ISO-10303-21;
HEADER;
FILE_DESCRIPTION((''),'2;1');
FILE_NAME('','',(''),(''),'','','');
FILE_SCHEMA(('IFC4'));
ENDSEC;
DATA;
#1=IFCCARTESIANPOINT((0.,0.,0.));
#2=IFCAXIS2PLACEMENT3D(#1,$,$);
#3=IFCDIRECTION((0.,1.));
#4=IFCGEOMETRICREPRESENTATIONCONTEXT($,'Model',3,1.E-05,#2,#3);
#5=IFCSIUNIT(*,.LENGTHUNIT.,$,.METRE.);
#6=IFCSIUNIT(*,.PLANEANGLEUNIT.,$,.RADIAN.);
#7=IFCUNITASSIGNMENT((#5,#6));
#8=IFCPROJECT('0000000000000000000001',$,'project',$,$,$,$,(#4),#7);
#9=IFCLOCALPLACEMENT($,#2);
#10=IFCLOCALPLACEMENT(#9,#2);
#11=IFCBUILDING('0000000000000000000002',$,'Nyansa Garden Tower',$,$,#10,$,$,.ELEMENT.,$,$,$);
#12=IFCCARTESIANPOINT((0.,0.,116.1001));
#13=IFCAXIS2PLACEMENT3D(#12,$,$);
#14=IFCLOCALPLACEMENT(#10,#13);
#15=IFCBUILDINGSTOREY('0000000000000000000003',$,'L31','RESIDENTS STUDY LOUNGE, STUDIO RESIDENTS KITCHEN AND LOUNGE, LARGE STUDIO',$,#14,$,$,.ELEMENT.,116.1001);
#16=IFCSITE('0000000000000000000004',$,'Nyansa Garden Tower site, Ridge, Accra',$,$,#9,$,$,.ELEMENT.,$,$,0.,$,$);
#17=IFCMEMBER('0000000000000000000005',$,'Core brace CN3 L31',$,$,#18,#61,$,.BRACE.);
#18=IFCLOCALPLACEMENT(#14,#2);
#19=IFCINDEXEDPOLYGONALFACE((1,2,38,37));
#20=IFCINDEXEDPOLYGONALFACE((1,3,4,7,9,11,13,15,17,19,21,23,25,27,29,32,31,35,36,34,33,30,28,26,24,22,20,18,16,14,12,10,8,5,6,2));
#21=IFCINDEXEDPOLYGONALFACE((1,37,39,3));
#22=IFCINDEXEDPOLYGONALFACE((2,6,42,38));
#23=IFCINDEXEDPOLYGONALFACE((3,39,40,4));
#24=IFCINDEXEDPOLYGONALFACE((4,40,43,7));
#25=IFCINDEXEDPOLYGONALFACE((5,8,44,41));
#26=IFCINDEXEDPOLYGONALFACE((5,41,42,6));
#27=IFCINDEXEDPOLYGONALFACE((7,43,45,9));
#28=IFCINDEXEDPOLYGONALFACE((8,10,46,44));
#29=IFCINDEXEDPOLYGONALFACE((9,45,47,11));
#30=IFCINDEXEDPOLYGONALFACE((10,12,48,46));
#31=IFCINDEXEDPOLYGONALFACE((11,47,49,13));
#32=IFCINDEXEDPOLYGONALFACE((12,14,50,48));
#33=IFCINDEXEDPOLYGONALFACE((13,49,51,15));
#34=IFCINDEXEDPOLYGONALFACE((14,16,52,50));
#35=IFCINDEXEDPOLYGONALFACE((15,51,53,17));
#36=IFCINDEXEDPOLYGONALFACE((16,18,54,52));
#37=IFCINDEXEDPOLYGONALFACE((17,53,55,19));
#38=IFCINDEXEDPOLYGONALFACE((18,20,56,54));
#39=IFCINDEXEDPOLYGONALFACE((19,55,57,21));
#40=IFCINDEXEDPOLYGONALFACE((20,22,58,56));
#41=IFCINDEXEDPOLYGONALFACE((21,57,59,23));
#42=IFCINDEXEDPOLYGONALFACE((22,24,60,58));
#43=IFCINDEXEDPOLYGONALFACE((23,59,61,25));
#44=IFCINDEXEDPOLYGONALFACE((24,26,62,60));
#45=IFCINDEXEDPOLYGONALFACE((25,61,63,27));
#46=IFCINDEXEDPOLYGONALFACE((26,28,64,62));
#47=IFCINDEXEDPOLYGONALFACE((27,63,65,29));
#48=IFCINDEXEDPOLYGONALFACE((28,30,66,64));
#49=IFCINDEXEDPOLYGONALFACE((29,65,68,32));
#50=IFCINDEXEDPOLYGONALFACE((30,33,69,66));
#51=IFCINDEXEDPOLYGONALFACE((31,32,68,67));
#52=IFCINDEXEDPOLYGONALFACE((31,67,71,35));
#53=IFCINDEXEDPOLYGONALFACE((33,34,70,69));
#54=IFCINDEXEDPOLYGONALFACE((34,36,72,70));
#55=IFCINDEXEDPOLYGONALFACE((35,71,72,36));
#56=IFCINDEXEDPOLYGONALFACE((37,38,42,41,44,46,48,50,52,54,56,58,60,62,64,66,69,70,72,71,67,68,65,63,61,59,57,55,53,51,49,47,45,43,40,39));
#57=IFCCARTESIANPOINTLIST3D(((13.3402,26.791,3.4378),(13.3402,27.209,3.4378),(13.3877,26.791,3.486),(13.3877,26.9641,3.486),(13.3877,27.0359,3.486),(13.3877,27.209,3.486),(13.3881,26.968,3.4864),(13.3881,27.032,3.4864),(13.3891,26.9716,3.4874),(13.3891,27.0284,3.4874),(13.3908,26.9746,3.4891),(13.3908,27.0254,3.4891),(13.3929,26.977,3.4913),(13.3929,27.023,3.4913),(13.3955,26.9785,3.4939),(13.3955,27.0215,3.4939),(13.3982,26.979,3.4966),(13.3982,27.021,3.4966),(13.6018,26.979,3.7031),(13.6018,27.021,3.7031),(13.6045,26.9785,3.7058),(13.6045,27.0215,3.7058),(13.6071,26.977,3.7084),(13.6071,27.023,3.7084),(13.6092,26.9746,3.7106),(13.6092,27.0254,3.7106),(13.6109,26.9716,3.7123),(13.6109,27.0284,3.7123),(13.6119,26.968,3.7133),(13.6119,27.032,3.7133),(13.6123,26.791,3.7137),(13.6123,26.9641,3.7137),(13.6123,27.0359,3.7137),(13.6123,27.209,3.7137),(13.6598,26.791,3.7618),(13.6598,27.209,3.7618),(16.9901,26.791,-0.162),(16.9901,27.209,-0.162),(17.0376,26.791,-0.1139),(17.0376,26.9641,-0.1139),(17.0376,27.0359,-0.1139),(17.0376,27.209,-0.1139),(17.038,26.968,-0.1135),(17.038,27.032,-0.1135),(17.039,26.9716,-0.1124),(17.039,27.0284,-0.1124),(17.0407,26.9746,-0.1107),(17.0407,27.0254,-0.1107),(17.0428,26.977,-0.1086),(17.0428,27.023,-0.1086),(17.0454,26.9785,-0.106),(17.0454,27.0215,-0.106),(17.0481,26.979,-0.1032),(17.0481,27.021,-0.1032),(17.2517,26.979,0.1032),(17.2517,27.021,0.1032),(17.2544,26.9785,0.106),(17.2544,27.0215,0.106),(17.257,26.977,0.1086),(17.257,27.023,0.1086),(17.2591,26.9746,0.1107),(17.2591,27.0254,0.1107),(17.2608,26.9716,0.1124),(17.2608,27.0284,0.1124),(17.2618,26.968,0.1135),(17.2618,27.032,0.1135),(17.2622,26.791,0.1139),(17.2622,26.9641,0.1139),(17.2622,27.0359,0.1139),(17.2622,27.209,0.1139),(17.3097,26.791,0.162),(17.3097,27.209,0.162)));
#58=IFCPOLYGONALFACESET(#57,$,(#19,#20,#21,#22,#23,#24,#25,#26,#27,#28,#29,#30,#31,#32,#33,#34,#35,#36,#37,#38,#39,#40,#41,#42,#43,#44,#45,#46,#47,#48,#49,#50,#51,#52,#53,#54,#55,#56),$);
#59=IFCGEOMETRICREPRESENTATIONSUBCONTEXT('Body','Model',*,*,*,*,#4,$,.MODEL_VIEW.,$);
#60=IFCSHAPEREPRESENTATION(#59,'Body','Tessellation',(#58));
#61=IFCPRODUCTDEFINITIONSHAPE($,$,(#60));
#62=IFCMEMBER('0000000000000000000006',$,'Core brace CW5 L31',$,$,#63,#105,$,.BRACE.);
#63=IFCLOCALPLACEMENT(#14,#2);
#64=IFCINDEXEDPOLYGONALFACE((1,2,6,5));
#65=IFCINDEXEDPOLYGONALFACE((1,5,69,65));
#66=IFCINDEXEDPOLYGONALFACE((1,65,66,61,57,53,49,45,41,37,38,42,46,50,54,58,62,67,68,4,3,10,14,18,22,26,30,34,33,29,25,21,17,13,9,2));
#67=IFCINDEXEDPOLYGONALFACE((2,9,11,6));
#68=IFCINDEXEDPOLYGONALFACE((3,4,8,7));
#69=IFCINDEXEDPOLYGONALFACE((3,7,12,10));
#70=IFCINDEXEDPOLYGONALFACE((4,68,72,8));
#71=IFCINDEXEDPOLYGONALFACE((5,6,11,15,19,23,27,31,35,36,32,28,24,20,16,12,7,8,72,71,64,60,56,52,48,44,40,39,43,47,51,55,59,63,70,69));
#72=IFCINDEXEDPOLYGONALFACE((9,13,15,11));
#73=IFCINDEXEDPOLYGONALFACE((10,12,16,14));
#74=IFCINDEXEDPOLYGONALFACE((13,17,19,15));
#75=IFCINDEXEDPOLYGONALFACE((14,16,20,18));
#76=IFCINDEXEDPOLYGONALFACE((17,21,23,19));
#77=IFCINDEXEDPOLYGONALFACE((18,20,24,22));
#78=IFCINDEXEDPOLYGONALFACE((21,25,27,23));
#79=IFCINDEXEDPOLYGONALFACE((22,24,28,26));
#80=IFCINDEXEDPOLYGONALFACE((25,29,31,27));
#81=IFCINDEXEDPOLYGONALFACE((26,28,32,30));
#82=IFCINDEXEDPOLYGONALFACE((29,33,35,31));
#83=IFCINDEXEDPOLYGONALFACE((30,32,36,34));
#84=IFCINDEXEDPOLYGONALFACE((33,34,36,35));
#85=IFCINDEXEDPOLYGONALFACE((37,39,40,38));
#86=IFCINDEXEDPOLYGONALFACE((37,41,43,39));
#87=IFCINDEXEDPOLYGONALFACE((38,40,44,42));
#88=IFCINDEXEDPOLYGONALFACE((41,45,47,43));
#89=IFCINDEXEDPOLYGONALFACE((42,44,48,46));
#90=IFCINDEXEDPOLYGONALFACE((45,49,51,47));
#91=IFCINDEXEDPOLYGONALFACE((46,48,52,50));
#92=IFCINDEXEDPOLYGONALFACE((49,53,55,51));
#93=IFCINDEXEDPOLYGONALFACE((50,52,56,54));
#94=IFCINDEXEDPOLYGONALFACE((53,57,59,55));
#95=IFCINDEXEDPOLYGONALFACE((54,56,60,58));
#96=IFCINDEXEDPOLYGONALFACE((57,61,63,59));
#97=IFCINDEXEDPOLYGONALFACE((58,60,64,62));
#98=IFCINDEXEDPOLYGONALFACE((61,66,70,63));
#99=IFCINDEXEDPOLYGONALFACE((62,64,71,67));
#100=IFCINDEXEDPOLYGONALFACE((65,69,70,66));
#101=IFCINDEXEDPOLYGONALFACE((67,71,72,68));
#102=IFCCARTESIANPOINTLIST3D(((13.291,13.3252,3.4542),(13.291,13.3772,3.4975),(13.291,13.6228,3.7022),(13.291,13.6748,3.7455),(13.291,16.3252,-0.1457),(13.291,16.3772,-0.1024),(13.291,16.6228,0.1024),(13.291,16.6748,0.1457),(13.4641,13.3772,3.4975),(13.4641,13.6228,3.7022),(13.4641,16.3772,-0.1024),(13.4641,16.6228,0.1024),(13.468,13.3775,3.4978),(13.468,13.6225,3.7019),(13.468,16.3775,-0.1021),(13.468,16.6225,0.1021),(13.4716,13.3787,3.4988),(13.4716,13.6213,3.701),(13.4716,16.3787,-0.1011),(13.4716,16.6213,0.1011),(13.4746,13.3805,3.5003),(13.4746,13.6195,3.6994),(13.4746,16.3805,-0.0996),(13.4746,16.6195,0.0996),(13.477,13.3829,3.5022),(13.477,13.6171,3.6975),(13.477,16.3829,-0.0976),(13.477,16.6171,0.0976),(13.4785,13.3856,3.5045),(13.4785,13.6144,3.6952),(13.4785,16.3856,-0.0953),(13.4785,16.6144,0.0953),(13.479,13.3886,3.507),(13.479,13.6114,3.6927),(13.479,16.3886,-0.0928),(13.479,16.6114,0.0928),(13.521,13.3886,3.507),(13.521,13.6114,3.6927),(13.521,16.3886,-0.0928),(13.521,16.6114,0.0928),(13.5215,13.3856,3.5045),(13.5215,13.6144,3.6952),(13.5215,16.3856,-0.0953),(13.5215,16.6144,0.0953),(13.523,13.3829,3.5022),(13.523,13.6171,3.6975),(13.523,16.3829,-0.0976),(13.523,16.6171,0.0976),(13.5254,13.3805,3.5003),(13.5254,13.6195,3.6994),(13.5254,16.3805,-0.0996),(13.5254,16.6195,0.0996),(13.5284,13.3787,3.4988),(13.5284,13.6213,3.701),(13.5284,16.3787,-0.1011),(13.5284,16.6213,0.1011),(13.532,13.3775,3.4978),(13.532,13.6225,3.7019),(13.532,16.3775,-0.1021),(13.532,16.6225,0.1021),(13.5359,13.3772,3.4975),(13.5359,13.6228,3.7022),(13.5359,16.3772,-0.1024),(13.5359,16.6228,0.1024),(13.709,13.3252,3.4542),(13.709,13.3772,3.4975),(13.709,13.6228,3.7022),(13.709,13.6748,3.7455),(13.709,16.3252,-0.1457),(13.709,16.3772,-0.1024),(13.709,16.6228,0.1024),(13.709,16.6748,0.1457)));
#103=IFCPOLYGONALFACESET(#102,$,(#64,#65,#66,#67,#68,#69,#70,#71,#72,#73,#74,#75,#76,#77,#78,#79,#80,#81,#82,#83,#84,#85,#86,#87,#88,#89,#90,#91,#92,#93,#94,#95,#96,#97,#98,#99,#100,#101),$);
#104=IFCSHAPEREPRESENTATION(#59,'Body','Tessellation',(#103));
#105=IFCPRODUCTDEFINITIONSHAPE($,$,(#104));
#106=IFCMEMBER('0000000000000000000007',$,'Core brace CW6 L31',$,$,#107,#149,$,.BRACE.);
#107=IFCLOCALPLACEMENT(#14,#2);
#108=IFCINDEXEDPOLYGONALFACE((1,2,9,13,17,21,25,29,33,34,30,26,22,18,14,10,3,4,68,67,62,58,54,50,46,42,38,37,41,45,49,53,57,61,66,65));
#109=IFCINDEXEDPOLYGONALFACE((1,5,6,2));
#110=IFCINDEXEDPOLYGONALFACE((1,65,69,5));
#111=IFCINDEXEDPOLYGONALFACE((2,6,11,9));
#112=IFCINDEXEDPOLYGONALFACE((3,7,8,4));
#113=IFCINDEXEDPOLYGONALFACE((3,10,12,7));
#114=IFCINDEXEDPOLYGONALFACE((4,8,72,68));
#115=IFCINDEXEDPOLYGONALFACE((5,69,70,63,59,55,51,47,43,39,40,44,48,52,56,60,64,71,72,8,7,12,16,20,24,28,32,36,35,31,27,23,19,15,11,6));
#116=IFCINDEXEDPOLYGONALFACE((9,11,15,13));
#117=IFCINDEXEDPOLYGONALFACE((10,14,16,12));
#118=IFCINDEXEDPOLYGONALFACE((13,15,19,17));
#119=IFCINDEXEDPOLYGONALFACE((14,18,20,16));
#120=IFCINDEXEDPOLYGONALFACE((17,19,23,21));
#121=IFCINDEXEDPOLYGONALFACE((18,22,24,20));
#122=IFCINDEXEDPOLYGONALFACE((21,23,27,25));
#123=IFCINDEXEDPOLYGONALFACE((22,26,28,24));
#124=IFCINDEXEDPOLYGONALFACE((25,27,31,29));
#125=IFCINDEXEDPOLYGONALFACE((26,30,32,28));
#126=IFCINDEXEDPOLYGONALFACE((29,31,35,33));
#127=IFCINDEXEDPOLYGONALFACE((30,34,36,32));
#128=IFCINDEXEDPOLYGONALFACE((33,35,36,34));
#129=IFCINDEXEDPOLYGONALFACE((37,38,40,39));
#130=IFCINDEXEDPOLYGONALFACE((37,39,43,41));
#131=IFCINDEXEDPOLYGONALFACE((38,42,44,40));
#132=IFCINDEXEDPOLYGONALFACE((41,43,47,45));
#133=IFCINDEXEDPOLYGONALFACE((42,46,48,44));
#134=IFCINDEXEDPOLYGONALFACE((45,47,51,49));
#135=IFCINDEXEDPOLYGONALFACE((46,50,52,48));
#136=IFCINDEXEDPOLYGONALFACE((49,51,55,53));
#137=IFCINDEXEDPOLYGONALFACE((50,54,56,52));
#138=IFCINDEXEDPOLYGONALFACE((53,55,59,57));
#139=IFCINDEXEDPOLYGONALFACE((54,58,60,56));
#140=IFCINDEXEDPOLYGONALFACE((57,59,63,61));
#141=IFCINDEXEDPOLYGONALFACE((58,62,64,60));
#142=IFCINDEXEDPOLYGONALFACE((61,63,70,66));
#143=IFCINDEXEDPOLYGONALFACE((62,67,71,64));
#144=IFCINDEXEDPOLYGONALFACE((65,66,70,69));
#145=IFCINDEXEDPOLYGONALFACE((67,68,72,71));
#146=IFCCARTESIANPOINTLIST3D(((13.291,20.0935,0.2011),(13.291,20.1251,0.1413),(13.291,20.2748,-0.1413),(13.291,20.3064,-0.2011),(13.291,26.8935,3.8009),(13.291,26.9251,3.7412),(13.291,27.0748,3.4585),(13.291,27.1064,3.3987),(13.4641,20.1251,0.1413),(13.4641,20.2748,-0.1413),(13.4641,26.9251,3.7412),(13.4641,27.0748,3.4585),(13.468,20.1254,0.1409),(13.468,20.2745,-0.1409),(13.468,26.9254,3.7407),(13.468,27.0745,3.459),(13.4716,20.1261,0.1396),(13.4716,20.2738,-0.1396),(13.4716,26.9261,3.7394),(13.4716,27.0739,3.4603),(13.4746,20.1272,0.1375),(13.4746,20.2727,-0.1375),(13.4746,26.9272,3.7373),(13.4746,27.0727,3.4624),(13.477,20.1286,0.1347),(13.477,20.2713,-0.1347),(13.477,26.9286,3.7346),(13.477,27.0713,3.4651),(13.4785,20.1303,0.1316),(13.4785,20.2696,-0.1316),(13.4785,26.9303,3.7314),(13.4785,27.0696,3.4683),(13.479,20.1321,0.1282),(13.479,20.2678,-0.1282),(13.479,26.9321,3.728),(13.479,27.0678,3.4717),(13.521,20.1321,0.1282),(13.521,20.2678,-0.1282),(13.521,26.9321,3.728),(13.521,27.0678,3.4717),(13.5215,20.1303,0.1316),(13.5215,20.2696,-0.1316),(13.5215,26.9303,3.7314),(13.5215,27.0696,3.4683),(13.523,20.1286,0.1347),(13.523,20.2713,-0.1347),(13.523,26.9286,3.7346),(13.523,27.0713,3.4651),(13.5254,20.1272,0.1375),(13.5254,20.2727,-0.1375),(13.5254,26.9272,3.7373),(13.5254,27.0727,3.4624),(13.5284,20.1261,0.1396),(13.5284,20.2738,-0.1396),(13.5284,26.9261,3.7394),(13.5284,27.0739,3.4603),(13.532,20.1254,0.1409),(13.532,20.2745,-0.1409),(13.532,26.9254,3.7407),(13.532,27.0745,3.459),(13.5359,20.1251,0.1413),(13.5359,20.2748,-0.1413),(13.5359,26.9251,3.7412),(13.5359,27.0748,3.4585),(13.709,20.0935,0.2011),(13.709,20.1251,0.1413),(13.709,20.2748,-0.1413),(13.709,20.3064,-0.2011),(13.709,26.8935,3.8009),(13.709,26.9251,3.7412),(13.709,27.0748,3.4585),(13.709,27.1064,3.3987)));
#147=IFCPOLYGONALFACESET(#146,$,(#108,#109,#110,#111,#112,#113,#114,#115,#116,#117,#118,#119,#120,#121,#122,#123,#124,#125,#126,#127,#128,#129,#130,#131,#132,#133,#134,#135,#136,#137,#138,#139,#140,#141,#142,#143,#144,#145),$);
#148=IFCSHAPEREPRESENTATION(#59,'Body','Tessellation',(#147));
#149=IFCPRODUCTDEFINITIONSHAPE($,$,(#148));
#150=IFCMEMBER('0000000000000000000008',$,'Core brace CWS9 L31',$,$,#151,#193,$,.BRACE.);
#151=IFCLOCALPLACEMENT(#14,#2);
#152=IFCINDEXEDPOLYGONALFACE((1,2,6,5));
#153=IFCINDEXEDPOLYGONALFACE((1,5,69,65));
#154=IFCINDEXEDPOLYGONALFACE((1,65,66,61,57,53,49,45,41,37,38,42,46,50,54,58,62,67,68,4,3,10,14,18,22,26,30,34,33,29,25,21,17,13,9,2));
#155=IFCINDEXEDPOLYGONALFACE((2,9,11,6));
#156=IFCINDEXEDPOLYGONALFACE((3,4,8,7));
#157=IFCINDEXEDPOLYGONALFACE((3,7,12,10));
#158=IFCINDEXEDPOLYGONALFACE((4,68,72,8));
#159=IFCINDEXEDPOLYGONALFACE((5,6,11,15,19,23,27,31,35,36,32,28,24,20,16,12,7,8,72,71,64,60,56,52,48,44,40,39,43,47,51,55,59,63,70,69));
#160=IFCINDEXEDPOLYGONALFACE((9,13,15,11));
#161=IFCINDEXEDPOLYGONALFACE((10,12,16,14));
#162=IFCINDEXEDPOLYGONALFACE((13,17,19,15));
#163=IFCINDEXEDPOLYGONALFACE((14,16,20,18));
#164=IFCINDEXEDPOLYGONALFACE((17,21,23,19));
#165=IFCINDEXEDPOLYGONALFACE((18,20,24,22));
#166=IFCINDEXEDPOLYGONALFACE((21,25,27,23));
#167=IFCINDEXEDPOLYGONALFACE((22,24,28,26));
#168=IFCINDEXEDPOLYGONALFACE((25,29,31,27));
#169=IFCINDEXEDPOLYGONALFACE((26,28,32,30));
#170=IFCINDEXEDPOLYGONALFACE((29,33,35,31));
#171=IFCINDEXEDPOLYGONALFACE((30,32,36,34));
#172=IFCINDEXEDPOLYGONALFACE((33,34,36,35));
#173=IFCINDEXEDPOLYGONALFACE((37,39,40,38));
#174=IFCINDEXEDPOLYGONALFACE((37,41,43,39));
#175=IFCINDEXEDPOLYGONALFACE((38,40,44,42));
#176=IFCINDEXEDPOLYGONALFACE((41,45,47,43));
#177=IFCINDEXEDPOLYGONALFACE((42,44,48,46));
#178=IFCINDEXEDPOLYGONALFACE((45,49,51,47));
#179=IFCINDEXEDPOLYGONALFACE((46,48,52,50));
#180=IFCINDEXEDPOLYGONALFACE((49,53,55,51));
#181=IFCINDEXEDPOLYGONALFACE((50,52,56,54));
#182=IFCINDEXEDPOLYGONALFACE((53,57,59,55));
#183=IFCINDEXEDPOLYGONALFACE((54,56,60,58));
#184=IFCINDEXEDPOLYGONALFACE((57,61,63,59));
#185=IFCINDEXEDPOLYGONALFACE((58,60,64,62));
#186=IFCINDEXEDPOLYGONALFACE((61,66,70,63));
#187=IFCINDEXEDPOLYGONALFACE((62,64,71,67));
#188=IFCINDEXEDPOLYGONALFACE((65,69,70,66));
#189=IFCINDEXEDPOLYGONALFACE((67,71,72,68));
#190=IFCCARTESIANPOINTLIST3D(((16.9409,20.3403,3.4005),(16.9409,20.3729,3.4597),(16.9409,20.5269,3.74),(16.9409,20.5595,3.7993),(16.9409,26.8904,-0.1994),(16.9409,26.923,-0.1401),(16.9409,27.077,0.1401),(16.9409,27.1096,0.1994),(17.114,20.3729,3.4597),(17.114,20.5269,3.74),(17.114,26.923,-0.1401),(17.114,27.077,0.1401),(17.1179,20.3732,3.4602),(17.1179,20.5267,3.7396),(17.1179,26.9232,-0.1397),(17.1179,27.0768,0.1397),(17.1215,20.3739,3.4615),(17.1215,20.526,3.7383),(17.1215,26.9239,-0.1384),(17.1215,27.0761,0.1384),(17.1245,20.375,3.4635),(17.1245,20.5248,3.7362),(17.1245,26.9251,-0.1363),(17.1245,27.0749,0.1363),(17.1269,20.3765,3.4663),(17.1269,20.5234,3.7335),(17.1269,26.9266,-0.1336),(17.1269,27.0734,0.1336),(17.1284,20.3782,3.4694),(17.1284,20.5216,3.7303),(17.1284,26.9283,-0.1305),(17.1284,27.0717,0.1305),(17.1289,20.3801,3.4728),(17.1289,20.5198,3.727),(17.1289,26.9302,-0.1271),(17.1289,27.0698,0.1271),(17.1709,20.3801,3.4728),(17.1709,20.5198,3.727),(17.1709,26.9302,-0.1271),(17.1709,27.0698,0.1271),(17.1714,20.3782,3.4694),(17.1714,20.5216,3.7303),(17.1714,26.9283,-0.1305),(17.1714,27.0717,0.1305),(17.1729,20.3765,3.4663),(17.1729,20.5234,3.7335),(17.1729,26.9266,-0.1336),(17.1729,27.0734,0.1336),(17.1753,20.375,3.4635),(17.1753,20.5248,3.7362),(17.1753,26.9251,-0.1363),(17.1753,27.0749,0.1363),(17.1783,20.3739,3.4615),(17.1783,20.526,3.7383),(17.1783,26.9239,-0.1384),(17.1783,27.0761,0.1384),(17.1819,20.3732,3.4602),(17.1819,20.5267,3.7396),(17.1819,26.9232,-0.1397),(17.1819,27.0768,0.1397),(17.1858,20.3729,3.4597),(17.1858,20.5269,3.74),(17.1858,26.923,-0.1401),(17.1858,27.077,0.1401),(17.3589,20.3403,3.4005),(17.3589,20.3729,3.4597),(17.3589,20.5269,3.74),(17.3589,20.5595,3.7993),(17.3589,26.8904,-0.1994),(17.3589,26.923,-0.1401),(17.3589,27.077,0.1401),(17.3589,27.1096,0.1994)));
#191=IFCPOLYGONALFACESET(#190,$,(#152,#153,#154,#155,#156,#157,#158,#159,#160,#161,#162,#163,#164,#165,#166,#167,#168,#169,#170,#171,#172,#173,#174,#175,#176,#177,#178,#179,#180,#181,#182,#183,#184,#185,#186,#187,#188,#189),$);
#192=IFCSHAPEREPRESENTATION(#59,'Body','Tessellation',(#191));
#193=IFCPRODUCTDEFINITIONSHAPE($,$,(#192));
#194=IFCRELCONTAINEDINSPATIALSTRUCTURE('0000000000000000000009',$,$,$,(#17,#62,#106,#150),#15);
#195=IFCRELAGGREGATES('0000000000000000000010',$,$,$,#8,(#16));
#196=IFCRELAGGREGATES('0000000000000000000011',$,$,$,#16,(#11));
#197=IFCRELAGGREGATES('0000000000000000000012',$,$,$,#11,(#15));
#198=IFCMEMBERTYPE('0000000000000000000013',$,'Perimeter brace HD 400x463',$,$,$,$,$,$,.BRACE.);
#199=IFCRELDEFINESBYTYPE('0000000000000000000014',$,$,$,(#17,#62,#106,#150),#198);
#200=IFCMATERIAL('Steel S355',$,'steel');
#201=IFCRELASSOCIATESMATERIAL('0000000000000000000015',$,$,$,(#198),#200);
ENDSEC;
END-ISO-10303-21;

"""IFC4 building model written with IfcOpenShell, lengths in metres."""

from ifc_helpers import new_model, si_unit, direction, frame, origin, origin_2d, place, context, subcontext, project, spatial, i_section, extrude, material, material_profile, profile_set, type_object, element, save


model = new_model("IFC4")

# Units and contexts
model_context = context("Model", 3, precision=1e-05, world=origin(), true_north=direction((0.0, 1.0)))
body_context = subcontext(model_context, "Body", "Model", "MODEL_VIEW")
ifc_project = project(units=[si_unit("LENGTHUNIT", "METRE"), si_unit("PLANEANGLEUNIT", "RADIAN")], contexts=[model_context])

# Site, building, storey
site_placement = place(None, origin())
site = spatial("IfcSite", under=ifc_project, at=site_placement, Name="Nyansa Garden Tower site, Ridge, Accra", CompositionType="ELEMENT", RefElevation=0.0)
building_placement = place(site_placement, origin())
building = spatial("IfcBuilding", under=site, at=building_placement, Name="Nyansa Garden Tower", CompositionType="ELEMENT")
storey_placement = place(building_placement, frame((0.0, 0.0, 116.1001)))
storey = spatial("IfcBuildingStorey", under=building, at=storey_placement, Name="L31", Description="RESIDENTS STUDY LOUNGE, STUDIO RESIDENTS KITCHEN AND LOUNGE, LARGE STUDIO", CompositionType="ELEMENT", Elevation=116.1001)

# Members
ifc_material_1 = material(Name="Steel S355", Category="steel")
ifc_material_profile_1 = material_profile(ifc_material_1, i_section(OverallWidth=0.418, OverallDepth=0.4551, WebThickness=0.042, FlangeThickness=0.0676, FilletRadius=0.0149, at=origin_2d()), Name="HD 400x463")
ifc_profile_set_1 = profile_set([ifc_material_profile_1], Name="Steel S355")
member_type = type_object("IfcMemberType", Name="Perimeter brace HD 400x463", PredefinedType="BRACE", material=ifc_profile_set_1)
member_1_placement = place(storey_placement, frame((17.1499, 27.0, 0.0), z_axis=(-0.711971, 0.0, 0.702209), x_axis=(0.0, -1.0, 0.0)))
element("IfcMember", 1, at=member_1_placement, inside=storey, type_object=member_type, Name="Core brace CN3 L31", PredefinedType="BRACE", context=body_context, shape_type="SweptSolid", body=[
    extrude(i_section(OverallWidth=0.418, OverallDepth=0.4551, WebThickness=0.042, FlangeThickness=0.0676, FilletRadius=0.0149, at=origin_2d()), origin(), (0.0, 0.0, 1.0), 5.1265),
])
member_2_placement = place(storey_placement, frame((13.5, 16.5, 0.0), z_axis=(0.0, -0.6402, 0.768208), x_axis=(1.0, 0.0, 0.0)))
element("IfcMember", 2, at=member_2_placement, inside=storey, type_object=member_type, Name="Core brace CW5 L31", PredefinedType="BRACE", context=body_context, shape_type="SweptSolid", body=[
    extrude(i_section(OverallWidth=0.418, OverallDepth=0.4551, WebThickness=0.042, FlangeThickness=0.0676, FilletRadius=0.0149, at=origin_2d()), origin(), (0.0, 0.0, 1.0), 4.686),
])
member_3_placement = place(storey_placement, frame((13.5, 20.2, 0.0), z_axis=(0.0, 0.883797, 0.46787), x_axis=(-1.0, 0.0, 0.0)))
element("IfcMember", 3, at=member_3_placement, inside=storey, type_object=member_type, Name="Core brace CW6 L31", PredefinedType="BRACE", context=body_context, shape_type="SweptSolid", body=[
    extrude(i_section(OverallWidth=0.418, OverallDepth=0.4551, WebThickness=0.042, FlangeThickness=0.0676, FilletRadius=0.0149, at=origin_2d()), origin(), (0.0, 0.0, 1.0), 7.6941),
])
member_4_placement = place(storey_placement, frame((17.1499, 27.0, 0.0), z_axis=(0.0, -0.876367, 0.481644), x_axis=(1.0, 0.0, 0.0)))
element("IfcMember", 4, at=member_4_placement, inside=storey, type_object=member_type, Name="Core brace CWS9 L31", PredefinedType="BRACE", context=body_context, shape_type="SweptSolid", body=[
    extrude(i_section(OverallWidth=0.418, OverallDepth=0.4551, WebThickness=0.042, FlangeThickness=0.0676, FilletRadius=0.0149, at=origin_2d()), origin(), (0.0, 0.0, 1.0), 7.4741),
])

save(model, "model.ifc")
